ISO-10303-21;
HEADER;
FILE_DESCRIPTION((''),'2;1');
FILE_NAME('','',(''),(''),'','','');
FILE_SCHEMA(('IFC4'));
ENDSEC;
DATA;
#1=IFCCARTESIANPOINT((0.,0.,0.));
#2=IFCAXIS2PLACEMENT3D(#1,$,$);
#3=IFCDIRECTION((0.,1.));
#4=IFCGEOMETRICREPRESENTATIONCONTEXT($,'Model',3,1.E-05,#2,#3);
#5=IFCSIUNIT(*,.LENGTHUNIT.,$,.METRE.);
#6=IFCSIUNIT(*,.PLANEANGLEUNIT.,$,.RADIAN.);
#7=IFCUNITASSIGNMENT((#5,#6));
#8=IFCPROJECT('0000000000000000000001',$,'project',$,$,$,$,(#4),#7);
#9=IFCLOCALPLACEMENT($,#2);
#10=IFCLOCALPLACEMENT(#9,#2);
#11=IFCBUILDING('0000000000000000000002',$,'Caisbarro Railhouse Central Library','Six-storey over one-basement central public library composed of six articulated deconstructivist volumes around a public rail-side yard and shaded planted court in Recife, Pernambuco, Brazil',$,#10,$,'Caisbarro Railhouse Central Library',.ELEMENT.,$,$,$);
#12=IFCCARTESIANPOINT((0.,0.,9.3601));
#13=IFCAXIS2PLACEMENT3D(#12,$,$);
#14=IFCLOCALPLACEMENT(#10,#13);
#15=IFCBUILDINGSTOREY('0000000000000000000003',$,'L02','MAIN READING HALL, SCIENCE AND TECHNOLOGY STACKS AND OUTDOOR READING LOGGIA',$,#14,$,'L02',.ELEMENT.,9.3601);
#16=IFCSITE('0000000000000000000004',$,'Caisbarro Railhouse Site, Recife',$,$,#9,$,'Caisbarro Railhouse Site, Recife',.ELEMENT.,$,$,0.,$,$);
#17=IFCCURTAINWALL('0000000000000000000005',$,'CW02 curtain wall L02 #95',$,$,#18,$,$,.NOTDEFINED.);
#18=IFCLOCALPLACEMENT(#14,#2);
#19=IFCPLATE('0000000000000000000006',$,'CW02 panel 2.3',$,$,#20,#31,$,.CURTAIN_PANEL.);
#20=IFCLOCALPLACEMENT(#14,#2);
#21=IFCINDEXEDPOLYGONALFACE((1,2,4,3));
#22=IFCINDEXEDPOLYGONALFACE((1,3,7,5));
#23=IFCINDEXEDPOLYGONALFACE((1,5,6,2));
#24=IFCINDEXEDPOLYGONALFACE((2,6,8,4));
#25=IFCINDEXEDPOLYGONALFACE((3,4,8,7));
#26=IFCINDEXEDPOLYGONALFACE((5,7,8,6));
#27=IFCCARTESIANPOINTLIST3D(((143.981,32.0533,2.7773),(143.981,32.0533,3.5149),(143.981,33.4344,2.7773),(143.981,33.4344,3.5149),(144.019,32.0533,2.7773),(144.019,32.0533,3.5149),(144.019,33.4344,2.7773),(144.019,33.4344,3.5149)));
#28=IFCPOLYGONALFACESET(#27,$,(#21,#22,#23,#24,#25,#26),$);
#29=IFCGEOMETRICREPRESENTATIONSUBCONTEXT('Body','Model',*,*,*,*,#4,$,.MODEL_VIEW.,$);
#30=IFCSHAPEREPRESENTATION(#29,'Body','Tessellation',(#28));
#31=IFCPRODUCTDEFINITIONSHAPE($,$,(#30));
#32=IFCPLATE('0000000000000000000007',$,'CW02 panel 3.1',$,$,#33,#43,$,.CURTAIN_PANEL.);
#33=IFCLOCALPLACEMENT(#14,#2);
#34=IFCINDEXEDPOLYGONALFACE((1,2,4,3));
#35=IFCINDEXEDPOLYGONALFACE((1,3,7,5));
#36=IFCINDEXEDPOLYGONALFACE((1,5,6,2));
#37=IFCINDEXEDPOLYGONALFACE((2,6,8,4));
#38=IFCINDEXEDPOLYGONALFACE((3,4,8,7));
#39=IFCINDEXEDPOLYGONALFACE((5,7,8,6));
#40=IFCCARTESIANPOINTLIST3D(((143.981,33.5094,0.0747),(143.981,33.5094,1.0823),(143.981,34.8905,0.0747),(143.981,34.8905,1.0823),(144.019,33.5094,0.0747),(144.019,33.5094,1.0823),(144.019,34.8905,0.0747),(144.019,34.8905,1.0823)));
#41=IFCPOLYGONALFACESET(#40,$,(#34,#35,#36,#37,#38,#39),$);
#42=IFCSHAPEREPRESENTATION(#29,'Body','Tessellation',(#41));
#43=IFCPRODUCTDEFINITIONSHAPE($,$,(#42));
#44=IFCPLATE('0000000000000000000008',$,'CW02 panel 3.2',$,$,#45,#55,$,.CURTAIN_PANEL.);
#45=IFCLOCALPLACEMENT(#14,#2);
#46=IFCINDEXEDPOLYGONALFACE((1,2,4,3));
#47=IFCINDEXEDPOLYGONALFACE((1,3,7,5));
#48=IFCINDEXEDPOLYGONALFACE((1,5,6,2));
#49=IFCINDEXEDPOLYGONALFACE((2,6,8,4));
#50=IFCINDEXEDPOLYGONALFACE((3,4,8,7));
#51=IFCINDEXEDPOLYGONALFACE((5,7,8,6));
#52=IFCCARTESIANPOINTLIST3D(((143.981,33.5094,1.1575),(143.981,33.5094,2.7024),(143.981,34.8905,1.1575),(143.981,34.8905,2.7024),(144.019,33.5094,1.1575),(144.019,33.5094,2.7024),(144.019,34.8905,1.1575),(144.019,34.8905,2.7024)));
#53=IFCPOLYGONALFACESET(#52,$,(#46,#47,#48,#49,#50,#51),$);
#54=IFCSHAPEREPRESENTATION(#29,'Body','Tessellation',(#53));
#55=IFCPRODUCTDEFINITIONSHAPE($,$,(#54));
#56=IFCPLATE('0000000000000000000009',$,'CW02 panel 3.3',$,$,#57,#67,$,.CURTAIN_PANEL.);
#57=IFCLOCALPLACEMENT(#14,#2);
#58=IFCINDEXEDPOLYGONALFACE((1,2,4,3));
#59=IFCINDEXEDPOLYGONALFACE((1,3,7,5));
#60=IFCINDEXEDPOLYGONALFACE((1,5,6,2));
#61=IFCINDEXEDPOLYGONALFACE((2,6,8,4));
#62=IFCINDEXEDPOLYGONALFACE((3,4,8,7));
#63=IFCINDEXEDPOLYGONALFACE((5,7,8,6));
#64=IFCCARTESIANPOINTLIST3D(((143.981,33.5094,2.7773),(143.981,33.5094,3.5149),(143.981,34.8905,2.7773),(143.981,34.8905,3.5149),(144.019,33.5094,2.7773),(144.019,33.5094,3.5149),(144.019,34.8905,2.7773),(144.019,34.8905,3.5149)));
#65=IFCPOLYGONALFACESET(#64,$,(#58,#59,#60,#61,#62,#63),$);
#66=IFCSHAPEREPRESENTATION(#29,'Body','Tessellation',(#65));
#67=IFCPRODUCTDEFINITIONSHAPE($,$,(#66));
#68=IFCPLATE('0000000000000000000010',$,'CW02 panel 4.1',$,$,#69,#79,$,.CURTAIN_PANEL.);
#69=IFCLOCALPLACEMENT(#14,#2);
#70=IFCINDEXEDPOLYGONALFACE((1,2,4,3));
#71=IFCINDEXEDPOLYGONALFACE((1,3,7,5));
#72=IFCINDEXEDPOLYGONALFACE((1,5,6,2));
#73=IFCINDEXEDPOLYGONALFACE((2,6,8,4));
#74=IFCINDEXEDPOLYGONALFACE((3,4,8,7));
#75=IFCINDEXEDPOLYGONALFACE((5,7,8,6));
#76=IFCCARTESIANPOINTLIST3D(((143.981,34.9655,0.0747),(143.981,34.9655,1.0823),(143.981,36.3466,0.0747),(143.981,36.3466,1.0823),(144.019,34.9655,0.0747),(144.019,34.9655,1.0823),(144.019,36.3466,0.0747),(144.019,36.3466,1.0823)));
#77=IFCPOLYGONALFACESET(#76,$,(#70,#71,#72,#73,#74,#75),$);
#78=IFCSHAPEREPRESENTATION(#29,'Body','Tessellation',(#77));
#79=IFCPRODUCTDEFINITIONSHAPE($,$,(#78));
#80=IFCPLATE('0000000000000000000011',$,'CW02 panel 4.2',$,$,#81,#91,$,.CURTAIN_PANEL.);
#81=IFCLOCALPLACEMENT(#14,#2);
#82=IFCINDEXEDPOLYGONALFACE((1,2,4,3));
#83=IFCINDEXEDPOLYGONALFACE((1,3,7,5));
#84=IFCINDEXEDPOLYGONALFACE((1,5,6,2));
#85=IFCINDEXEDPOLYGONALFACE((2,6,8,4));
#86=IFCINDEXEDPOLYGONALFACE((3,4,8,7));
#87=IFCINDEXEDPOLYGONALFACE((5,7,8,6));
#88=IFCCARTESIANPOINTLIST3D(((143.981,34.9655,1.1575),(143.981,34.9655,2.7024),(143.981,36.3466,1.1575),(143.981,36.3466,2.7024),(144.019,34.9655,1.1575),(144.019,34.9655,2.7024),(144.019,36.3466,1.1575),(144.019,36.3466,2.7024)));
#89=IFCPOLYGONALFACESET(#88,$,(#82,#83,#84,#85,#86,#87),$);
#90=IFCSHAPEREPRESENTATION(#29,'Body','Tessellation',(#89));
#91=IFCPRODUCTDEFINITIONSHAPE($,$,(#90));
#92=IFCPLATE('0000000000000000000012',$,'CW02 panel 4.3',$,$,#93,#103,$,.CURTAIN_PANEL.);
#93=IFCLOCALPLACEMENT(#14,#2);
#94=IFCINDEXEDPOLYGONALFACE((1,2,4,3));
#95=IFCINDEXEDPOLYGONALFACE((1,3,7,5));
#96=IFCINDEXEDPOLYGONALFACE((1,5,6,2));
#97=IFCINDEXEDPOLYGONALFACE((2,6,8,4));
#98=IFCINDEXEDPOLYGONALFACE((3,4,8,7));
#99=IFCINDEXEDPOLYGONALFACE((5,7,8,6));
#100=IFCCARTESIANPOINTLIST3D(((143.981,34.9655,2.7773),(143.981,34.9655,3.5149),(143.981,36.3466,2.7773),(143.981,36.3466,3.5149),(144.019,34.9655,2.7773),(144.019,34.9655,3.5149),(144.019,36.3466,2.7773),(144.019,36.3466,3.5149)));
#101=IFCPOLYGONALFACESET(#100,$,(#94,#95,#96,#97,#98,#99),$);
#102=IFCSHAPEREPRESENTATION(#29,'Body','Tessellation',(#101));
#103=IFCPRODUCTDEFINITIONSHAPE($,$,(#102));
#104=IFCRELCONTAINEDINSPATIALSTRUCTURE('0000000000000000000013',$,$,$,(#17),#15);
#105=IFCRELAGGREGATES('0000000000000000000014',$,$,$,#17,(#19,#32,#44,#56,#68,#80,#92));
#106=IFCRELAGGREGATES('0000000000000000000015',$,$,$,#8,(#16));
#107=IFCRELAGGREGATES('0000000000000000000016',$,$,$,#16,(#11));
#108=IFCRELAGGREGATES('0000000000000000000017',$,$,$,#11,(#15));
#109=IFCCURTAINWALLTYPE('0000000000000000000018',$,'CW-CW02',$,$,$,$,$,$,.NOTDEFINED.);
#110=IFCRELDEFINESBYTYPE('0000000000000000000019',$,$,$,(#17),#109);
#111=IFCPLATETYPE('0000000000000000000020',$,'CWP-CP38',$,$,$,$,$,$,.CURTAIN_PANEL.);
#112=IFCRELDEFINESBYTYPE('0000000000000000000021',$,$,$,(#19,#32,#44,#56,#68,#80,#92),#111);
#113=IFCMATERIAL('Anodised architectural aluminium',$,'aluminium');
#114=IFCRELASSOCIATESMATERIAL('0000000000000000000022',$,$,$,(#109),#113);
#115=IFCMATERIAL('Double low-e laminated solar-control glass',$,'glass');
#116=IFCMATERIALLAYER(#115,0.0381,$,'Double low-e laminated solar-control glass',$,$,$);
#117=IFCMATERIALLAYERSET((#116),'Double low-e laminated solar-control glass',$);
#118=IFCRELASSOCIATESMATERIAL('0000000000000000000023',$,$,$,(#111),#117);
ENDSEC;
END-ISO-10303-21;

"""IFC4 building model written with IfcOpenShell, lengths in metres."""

from ifc_helpers import new_model, si_unit, direction, frame, origin, origin_2d, place, context, subcontext, project, spatial, rectangle, extrude, material, layer, layer_set, type_object, element, aggregate, save


model = new_model("IFC4")

# Units and contexts
model_context = context("Model", 3, precision=1e-05, world=origin(), true_north=direction((0.0, 1.0)))
body_context = subcontext(model_context, "Body", "Model", "MODEL_VIEW")
ifc_project = project(units=[si_unit("LENGTHUNIT", "METRE"), si_unit("PLANEANGLEUNIT", "RADIAN")], contexts=[model_context])

# Site, building, storey
site_placement = place(None, origin())
site = spatial("IfcSite", under=ifc_project, at=site_placement, Name="Caisbarro Railhouse Site, Recife", LongName="Caisbarro Railhouse Site, Recife", CompositionType="ELEMENT", RefElevation=0.0)
building_placement = place(site_placement, origin())
building = spatial("IfcBuilding", under=site, at=building_placement, Name="Caisbarro Railhouse Central Library", Description="Six-storey over one-basement central public library composed of six articulated deconstructivist volumes around a public rail-side yard and shaded planted court in Recife, Pernambuco, Brazil", LongName="Caisbarro Railhouse Central Library", CompositionType="ELEMENT")
storey_placement = place(building_placement, frame((0.0, 0.0, 9.3601)))
storey = spatial("IfcBuildingStorey", under=building, at=storey_placement, Name="L02", Description="MAIN READING HALL, SCIENCE AND TECHNOLOGY STACKS AND OUTDOOR READING LOGGIA", LongName="L02", CompositionType="ELEMENT", Elevation=9.3601)

# Curtain wall, plates
ifc_material_1 = material(Name="Anodised architectural aluminium", Category="aluminium")
curtain_wall_type = type_object("IfcCurtainWallType", Name="CW-CW02", PredefinedType="NOTDEFINED", material=ifc_material_1)
curtain_wall_placement = place(storey_placement, origin())
curtain_wall = element("IfcCurtainWall", 1, at=curtain_wall_placement, inside=storey, type_object=curtain_wall_type, Name="CW02 curtain wall L02 #95", PredefinedType="NOTDEFINED")
ifc_material_2 = material(Name="Double low-e laminated solar-control glass", Category="glass")
ifc_layer = layer(ifc_material_2, 0.0381, Name="Double low-e laminated solar-control glass")
ifc_layer_set = layer_set([ifc_layer], Name="Double low-e laminated solar-control glass")
plate_type = type_object("IfcPlateType", Name="CWP-CP38", PredefinedType="CURTAIN_PANEL", material=ifc_layer_set)
plate_1_placement = place(storey_placement, frame((144.0, 32.7439, 2.7773), z_axis=(0.0, 0.0, 1.0), x_axis=(0.0, 1.0, 0.0)))
plate_1 = element("IfcPlate", 2, at=plate_1_placement, type_object=plate_type, Name="CW02 panel 2.3", PredefinedType="CURTAIN_PANEL", context=body_context, shape_type="SweptSolid", body=[
    extrude(rectangle(XDim=1.3811, YDim=0.0381, at=origin_2d()), origin(), (0.0, 0.0, 1.0), 0.7375),
])
plate_2_placement = place(storey_placement, frame((144.0, 34.2, 0.0747), z_axis=(0.0, 0.0, 1.0), x_axis=(0.0, 1.0, 0.0)))
plate_2 = element("IfcPlate", 3, at=plate_2_placement, type_object=plate_type, Name="CW02 panel 3.1", PredefinedType="CURTAIN_PANEL", context=body_context, shape_type="SweptSolid", body=[
    extrude(rectangle(XDim=1.3811, YDim=0.0381, at=origin_2d()), origin(), (0.0, 0.0, 1.0), 1.0076),
])
plate_3_placement = place(storey_placement, frame((144.0, 34.2, 1.1575), z_axis=(0.0, 0.0, 1.0), x_axis=(0.0, 1.0, 0.0)))
plate_3 = element("IfcPlate", 4, at=plate_3_placement, type_object=plate_type, Name="CW02 panel 3.2", PredefinedType="CURTAIN_PANEL", context=body_context, shape_type="SweptSolid", body=[
    extrude(rectangle(XDim=1.3811, YDim=0.0381, at=origin_2d()), origin(), (0.0, 0.0, 1.0), 1.5449),
])
plate_4_placement = place(storey_placement, frame((144.0, 34.2, 2.7773), z_axis=(0.0, 0.0, 1.0), x_axis=(0.0, 1.0, 0.0)))
plate_4 = element("IfcPlate", 5, at=plate_4_placement, type_object=plate_type, Name="CW02 panel 3.3", PredefinedType="CURTAIN_PANEL", context=body_context, shape_type="SweptSolid", body=[
    extrude(rectangle(XDim=1.3811, YDim=0.0381, at=origin_2d()), origin(), (0.0, 0.0, 1.0), 0.7375),
])
plate_5_placement = place(storey_placement, frame((144.0, 35.656, 0.0747), z_axis=(0.0, 0.0, 1.0), x_axis=(0.0, 1.0, 0.0)))
plate_5 = element("IfcPlate", 6, at=plate_5_placement, type_object=plate_type, Name="CW02 panel 4.1", PredefinedType="CURTAIN_PANEL", context=body_context, shape_type="SweptSolid", body=[
    extrude(rectangle(XDim=1.3811, YDim=0.0381, at=origin_2d()), origin(), (0.0, 0.0, 1.0), 1.0076),
])
plate_6_placement = place(storey_placement, frame((144.0, 35.656, 1.1575), z_axis=(0.0, 0.0, 1.0), x_axis=(0.0, 1.0, 0.0)))
plate_6 = element("IfcPlate", 7, at=plate_6_placement, type_object=plate_type, Name="CW02 panel 4.2", PredefinedType="CURTAIN_PANEL", context=body_context, shape_type="SweptSolid", body=[
    extrude(rectangle(XDim=1.3811, YDim=0.0381, at=origin_2d()), origin(), (0.0, 0.0, 1.0), 1.5449),
])
plate_7_placement = place(storey_placement, frame((144.0, 35.656, 2.7773), z_axis=(0.0, 0.0, 1.0), x_axis=(0.0, 1.0, 0.0)))
plate_7 = element("IfcPlate", 8, at=plate_7_placement, type_object=plate_type, Name="CW02 panel 4.3", PredefinedType="CURTAIN_PANEL", context=body_context, shape_type="SweptSolid", body=[
    extrude(rectangle(XDim=1.3811, YDim=0.0381, at=origin_2d()), origin(), (0.0, 0.0, 1.0), 0.7375),
])
aggregate(curtain_wall, [plate_1, plate_2, plate_3, plate_4, plate_5, plate_6, plate_7])

save(model, "model.ifc")
